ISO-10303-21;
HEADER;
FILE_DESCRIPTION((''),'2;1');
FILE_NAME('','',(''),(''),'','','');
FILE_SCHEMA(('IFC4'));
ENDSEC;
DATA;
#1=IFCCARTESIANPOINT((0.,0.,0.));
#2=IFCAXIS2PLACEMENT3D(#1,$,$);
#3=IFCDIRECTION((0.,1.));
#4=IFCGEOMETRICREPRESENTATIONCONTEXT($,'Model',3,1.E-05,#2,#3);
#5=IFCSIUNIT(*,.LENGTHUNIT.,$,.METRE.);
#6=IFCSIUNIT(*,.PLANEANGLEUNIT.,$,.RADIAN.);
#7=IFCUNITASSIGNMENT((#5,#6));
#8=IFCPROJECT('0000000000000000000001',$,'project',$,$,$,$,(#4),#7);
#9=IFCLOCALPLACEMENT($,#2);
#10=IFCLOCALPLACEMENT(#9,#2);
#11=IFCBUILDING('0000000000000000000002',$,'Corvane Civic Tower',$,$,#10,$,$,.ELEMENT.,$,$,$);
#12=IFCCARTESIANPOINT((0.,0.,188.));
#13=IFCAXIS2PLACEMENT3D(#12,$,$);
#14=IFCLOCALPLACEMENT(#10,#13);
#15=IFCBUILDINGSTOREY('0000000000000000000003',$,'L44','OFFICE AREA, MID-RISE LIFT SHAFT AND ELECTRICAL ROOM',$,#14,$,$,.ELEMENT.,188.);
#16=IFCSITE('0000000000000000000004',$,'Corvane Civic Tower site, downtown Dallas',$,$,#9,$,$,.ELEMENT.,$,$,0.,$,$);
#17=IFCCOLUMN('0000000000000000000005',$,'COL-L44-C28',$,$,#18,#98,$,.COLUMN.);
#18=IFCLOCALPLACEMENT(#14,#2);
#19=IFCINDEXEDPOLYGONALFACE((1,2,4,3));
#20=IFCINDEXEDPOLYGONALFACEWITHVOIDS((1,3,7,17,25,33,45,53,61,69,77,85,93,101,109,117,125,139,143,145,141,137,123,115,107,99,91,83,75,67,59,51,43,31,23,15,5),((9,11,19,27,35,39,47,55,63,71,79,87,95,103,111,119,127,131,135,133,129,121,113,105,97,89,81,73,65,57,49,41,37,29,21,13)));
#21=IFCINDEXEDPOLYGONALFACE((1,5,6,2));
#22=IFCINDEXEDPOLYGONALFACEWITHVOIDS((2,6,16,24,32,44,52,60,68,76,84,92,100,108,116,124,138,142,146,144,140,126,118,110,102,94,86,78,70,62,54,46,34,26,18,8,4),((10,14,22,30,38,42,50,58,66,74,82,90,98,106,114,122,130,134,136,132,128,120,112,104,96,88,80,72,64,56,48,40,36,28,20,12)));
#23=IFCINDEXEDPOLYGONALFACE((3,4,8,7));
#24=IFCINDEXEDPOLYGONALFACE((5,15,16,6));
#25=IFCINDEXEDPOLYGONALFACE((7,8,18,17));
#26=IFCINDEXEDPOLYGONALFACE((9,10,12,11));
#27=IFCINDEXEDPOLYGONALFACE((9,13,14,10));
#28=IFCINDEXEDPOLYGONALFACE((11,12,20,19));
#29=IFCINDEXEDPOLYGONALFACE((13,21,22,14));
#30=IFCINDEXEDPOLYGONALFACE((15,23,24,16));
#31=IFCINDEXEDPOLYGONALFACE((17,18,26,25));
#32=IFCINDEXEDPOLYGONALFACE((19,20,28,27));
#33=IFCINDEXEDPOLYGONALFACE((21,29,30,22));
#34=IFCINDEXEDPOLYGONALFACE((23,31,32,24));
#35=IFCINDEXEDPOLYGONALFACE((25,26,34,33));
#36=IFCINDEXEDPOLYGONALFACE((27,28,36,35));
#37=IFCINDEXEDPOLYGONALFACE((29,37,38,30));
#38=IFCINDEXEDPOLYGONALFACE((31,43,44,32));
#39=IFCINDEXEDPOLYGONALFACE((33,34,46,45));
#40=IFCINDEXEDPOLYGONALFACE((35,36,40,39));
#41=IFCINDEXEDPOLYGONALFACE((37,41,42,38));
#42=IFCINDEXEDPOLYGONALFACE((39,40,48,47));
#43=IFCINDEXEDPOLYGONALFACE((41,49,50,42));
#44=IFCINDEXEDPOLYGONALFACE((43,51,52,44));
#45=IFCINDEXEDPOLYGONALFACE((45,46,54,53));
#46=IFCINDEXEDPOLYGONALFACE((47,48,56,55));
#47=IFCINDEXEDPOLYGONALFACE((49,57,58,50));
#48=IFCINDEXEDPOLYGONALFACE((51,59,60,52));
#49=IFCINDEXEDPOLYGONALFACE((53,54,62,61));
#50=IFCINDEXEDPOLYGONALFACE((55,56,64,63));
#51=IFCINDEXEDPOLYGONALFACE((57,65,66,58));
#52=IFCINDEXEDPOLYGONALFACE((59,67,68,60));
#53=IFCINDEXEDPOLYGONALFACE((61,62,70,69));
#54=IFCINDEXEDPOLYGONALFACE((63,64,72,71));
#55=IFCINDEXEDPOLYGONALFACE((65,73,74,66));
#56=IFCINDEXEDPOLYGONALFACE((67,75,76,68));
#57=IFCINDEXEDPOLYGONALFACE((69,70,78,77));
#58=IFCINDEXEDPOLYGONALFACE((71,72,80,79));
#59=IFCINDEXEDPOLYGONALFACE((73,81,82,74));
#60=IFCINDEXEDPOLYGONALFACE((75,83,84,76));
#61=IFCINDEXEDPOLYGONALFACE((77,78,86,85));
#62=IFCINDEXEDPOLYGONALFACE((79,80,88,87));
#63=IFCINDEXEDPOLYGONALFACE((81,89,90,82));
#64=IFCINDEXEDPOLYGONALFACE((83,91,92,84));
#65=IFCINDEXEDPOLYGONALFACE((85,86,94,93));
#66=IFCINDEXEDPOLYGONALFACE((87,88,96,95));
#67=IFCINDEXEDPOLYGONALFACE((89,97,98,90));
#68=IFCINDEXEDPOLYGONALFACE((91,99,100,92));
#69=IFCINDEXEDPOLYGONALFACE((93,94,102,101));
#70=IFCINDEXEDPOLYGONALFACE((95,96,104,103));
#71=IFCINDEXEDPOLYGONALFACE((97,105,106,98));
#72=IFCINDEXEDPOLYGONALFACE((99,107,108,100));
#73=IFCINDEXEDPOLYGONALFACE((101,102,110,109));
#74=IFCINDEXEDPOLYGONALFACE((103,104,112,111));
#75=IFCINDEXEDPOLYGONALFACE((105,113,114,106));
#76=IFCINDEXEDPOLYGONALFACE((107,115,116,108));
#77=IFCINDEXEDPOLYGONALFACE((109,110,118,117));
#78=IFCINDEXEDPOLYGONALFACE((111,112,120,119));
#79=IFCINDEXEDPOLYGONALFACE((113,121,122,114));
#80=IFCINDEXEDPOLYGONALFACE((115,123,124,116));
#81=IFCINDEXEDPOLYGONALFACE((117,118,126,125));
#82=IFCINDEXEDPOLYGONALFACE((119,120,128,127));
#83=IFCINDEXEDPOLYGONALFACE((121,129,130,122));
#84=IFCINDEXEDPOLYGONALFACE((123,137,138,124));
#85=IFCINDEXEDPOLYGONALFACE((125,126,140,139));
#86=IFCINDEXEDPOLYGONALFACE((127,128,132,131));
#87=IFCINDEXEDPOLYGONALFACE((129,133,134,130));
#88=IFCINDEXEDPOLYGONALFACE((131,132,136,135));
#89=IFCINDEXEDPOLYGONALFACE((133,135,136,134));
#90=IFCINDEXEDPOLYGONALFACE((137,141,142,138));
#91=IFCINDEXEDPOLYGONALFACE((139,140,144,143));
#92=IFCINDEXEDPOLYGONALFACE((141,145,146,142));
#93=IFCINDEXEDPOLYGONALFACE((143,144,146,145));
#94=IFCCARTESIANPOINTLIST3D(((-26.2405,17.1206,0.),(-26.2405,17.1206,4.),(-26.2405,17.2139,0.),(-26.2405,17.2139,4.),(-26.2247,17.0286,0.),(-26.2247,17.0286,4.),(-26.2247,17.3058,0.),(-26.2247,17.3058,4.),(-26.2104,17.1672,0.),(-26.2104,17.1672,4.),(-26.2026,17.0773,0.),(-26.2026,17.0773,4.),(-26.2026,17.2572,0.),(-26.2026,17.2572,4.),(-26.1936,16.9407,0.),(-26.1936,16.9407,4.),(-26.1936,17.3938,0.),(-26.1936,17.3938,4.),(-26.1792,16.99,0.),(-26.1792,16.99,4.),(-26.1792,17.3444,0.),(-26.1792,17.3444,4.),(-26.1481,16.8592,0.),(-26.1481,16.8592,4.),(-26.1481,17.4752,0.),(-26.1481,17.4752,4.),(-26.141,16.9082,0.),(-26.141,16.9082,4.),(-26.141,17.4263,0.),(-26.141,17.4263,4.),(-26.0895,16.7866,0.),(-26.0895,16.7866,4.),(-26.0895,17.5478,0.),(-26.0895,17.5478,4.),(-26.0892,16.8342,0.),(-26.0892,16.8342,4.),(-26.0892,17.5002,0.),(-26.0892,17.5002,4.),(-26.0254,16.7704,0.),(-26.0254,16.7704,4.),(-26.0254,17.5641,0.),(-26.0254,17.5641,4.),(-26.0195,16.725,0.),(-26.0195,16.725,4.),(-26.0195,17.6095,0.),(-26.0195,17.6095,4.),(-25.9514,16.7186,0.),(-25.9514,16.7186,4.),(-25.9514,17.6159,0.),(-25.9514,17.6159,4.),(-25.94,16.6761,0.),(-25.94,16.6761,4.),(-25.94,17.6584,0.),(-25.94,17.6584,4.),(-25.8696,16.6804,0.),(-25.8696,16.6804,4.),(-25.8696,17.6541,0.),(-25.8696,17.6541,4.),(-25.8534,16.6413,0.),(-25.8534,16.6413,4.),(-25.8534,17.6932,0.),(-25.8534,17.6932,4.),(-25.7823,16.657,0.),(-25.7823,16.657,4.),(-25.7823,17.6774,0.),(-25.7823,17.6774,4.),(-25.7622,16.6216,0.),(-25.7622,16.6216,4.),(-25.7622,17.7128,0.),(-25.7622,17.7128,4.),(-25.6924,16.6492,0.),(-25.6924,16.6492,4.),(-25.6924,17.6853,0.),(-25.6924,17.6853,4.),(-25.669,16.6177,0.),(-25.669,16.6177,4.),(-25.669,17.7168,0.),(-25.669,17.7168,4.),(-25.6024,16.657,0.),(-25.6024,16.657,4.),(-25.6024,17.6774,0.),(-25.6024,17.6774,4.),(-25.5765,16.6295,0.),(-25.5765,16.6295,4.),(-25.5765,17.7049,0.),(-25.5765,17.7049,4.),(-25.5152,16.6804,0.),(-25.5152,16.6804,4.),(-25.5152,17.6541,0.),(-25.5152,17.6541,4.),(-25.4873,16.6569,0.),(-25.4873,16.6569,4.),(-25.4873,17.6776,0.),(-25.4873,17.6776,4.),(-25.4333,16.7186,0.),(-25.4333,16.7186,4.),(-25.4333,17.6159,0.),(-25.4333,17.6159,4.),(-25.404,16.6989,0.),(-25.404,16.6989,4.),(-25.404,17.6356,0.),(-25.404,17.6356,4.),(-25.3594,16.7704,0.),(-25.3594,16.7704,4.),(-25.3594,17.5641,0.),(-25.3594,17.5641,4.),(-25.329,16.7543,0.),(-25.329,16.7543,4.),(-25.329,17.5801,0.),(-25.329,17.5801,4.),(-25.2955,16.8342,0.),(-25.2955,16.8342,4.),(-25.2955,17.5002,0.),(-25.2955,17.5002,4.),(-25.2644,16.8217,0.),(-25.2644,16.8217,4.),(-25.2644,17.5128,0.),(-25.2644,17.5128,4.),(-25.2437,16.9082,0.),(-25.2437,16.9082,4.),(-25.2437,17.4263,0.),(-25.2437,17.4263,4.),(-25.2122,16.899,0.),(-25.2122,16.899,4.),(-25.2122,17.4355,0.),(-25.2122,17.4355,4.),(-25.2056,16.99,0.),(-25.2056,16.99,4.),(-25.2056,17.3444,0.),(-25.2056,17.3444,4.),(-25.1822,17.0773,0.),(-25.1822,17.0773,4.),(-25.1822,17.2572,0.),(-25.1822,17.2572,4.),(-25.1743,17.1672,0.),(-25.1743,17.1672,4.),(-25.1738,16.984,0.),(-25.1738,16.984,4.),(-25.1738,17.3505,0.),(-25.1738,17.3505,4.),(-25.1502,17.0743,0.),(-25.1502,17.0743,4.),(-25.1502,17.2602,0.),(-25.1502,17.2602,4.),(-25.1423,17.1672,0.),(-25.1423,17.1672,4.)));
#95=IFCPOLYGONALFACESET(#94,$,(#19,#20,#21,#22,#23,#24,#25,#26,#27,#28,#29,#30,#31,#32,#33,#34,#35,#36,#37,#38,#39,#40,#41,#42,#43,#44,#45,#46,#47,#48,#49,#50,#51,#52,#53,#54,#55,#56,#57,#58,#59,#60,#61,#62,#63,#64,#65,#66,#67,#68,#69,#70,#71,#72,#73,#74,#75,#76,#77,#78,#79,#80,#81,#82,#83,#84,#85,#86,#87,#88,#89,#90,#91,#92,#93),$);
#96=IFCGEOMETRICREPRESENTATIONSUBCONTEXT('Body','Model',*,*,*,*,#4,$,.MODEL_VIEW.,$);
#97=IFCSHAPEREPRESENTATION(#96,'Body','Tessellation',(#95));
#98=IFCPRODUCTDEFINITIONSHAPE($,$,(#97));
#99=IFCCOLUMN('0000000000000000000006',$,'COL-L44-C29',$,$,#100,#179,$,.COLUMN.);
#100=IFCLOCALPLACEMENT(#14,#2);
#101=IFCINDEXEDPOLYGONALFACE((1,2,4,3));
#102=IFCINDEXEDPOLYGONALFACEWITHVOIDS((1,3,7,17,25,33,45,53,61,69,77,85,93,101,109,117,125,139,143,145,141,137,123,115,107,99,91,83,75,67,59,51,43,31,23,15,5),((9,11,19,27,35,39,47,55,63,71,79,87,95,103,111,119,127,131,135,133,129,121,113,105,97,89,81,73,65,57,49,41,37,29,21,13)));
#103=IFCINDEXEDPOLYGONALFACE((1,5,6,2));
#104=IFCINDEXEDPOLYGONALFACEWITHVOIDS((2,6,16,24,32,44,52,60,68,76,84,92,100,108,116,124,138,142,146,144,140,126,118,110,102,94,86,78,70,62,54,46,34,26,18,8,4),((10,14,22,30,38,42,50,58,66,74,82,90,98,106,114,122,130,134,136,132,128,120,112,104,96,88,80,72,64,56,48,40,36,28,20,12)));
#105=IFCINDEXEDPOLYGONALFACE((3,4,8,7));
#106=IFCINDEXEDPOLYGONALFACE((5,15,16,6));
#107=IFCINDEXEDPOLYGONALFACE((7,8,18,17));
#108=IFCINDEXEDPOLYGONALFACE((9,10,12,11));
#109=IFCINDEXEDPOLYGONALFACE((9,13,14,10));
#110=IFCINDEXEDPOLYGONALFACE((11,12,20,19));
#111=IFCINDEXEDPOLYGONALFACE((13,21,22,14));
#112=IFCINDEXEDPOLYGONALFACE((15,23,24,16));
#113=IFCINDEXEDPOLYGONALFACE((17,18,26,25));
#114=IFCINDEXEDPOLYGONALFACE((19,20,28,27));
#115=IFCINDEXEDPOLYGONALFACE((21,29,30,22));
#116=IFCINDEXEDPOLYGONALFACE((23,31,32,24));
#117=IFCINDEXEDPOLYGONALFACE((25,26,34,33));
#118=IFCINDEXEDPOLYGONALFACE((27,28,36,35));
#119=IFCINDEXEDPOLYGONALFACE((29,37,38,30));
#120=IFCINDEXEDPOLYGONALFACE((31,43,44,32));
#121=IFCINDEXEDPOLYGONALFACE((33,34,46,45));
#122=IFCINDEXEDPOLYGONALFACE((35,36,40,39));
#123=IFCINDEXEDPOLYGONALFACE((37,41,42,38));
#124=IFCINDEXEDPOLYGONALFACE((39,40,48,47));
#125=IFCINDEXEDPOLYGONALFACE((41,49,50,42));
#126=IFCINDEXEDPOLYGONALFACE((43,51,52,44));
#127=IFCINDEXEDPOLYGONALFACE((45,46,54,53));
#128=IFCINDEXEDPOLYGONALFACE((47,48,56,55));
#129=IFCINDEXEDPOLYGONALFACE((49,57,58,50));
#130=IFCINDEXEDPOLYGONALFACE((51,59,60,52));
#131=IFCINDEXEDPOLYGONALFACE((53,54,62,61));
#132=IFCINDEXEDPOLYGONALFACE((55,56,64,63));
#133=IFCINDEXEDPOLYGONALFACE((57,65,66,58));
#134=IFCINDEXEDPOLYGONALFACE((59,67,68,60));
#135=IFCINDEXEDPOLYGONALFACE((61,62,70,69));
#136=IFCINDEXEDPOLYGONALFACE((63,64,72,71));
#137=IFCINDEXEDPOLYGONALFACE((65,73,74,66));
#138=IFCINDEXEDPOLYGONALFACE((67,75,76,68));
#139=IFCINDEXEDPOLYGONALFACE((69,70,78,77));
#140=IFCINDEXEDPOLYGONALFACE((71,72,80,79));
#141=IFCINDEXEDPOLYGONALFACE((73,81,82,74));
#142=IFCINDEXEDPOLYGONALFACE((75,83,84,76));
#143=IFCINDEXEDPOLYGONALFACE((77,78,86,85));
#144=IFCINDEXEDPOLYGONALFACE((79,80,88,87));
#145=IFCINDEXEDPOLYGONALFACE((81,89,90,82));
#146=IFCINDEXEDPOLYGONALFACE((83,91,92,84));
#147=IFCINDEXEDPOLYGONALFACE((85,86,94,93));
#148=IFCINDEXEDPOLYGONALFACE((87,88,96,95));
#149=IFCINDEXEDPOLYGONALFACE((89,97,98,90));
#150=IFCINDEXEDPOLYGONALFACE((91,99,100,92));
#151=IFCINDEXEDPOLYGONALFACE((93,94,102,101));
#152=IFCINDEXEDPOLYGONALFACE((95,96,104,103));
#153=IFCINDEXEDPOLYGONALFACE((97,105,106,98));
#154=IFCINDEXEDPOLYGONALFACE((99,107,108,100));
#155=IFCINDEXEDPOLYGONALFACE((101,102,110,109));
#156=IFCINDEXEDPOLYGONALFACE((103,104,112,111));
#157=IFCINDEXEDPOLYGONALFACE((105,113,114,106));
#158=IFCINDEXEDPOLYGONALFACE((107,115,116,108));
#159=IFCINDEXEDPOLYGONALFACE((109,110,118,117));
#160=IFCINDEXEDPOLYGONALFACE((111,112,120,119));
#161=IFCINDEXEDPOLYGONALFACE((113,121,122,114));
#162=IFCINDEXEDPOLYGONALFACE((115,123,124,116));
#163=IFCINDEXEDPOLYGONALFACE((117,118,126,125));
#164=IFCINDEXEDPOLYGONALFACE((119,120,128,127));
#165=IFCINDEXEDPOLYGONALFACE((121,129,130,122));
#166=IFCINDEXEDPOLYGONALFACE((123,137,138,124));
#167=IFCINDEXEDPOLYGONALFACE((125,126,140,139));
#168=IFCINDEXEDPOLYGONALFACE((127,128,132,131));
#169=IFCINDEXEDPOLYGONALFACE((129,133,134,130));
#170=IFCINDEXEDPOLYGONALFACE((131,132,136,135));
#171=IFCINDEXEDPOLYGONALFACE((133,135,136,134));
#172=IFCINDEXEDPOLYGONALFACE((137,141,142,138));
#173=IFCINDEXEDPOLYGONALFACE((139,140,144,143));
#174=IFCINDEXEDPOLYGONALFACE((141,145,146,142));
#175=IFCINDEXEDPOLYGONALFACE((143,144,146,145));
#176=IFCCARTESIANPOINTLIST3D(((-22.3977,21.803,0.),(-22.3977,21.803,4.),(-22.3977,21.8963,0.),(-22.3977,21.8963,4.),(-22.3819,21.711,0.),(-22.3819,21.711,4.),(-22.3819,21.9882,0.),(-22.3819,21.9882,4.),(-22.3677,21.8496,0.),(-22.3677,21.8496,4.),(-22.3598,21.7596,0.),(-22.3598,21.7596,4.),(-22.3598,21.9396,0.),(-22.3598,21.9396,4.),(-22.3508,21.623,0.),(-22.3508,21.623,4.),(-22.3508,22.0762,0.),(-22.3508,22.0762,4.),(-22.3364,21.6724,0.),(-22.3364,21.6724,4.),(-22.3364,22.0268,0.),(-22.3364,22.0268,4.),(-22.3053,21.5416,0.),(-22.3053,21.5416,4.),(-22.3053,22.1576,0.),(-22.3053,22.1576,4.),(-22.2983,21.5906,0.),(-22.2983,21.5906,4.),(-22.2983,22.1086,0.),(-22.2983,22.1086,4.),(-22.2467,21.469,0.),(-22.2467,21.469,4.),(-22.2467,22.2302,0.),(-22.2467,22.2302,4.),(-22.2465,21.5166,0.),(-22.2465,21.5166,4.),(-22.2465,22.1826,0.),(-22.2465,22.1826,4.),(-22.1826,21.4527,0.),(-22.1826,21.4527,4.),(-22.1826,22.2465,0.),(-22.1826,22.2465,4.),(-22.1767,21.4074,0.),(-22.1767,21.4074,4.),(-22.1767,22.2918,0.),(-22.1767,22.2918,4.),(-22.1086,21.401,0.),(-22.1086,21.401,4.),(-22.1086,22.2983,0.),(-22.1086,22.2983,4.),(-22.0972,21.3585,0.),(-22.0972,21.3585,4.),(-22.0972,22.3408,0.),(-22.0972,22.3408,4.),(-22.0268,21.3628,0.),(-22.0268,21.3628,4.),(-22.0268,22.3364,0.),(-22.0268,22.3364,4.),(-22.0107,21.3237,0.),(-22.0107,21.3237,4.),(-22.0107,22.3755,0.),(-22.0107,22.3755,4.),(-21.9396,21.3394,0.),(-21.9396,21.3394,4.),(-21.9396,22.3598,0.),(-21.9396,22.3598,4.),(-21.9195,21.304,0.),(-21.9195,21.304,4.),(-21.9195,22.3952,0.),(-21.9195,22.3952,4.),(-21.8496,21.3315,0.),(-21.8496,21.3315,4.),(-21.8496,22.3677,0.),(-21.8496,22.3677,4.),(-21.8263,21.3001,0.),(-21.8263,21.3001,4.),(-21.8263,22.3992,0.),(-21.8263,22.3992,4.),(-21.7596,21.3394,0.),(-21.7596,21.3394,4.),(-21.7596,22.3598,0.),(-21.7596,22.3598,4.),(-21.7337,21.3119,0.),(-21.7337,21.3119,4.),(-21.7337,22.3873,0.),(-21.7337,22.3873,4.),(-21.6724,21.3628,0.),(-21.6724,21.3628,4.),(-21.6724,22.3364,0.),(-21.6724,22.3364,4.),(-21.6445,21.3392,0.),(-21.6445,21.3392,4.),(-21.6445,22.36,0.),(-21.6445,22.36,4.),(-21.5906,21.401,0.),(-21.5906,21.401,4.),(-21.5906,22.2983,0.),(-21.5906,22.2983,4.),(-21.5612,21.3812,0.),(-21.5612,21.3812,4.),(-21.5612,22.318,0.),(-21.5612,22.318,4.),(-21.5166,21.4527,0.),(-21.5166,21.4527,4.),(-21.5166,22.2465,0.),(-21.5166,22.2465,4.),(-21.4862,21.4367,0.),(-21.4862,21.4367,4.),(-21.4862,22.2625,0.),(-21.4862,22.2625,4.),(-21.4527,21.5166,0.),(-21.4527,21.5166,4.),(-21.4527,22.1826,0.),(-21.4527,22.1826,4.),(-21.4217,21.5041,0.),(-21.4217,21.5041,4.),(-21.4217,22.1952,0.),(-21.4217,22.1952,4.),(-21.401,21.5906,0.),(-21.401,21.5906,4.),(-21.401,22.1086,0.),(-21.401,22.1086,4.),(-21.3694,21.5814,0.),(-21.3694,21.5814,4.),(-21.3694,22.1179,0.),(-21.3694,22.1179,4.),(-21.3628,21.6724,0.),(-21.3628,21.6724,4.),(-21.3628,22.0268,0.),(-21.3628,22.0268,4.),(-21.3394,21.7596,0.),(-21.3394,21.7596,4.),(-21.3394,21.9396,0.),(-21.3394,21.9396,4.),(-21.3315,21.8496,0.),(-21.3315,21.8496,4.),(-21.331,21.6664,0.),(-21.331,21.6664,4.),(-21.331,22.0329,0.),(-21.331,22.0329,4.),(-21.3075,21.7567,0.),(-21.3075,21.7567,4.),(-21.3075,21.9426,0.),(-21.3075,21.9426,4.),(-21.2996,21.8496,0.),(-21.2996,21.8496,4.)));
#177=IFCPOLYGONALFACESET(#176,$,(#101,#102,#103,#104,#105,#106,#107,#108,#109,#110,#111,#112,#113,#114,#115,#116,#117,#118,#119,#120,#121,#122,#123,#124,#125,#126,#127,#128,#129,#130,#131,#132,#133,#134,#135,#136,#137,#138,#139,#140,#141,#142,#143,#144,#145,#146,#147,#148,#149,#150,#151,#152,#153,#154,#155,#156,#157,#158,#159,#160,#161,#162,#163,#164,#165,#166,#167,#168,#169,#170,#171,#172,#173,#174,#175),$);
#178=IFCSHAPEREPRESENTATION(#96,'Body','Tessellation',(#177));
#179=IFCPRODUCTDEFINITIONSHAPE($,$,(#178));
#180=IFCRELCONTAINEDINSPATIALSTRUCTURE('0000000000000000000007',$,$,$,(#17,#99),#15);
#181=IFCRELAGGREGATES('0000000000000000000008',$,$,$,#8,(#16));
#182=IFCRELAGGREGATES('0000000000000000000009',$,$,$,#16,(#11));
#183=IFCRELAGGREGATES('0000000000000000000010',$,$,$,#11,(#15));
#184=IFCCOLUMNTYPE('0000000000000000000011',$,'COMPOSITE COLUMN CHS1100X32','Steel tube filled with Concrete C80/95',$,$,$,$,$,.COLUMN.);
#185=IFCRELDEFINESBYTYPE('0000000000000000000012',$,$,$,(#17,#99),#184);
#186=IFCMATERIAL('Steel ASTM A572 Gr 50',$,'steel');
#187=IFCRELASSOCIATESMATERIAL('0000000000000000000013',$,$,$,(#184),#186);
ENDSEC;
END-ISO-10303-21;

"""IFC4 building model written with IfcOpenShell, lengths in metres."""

from ifc_helpers import new_model, si_unit, direction, frame, origin, origin_2d, place, context, subcontext, project, spatial, hollow_circle, extrude, material, material_profile, profile_set, type_object, element, save


model = new_model("IFC4")

# Units and contexts
model_context = context("Model", 3, precision=1e-05, world=origin(), true_north=direction((0.0, 1.0)))
body_context = subcontext(model_context, "Body", "Model", "MODEL_VIEW")
ifc_project = project(units=[si_unit("LENGTHUNIT", "METRE"), si_unit("PLANEANGLEUNIT", "RADIAN")], contexts=[model_context])

# Site, building, storey
site_placement = place(None, origin())
site = spatial("IfcSite", under=ifc_project, at=site_placement, Name="Corvane Civic Tower site, downtown Dallas", CompositionType="ELEMENT", RefElevation=0.0)
building_placement = place(site_placement, origin())
building = spatial("IfcBuilding", under=site, at=building_placement, Name="Corvane Civic Tower", CompositionType="ELEMENT")
storey_placement = place(building_placement, frame((0.0, 0.0, 188.0)))
storey = spatial("IfcBuildingStorey", under=building, at=storey_placement, Name="L44", Description="OFFICE AREA, MID-RISE LIFT SHAFT AND ELECTRICAL ROOM", CompositionType="ELEMENT", Elevation=188.0)

# Columns
ifc_material_1 = material(Name="Steel ASTM A572 Gr 50", Category="steel")
ifc_material_profile_1 = material_profile(ifc_material_1, hollow_circle(Radius=0.55, WallThickness=0.032, at=origin_2d()), Name="CHS1100X32")
ifc_profile_set_1 = profile_set([ifc_material_profile_1], Name="Steel ASTM A572 Gr 50")
column_type = type_object("IfcColumnType", Name="COMPOSITE COLUMN CHS1100X32", Description="Steel tube filled with Concrete C80/95", PredefinedType="COLUMN", material=ifc_profile_set_1)
for number, where, z_axis, x_axis, name in (
    (1, (-25.6924, 17.1672, 0.0), (0.0, 0.0, 1.0), (1.0, 0.0, 0.0), "COL-L44-C28"),
    (2, (-21.8496, 21.8496, 0.0), (0.0, 0.0, 1.0), (1.0, 0.0, 0.0), "COL-L44-C29"),
):
    element("IfcColumn", number, at=place(storey_placement, frame(where, z_axis=z_axis, x_axis=x_axis)), inside=storey, type_object=column_type, Name=name, PredefinedType="COLUMN", context=body_context, shape_type="SweptSolid", body=[
        extrude(hollow_circle(Radius=0.55, WallThickness=0.032, at=origin_2d()), origin(), (0.0, 0.0, 1.0), 4.0),
    ])

save(model, "model.ifc")
